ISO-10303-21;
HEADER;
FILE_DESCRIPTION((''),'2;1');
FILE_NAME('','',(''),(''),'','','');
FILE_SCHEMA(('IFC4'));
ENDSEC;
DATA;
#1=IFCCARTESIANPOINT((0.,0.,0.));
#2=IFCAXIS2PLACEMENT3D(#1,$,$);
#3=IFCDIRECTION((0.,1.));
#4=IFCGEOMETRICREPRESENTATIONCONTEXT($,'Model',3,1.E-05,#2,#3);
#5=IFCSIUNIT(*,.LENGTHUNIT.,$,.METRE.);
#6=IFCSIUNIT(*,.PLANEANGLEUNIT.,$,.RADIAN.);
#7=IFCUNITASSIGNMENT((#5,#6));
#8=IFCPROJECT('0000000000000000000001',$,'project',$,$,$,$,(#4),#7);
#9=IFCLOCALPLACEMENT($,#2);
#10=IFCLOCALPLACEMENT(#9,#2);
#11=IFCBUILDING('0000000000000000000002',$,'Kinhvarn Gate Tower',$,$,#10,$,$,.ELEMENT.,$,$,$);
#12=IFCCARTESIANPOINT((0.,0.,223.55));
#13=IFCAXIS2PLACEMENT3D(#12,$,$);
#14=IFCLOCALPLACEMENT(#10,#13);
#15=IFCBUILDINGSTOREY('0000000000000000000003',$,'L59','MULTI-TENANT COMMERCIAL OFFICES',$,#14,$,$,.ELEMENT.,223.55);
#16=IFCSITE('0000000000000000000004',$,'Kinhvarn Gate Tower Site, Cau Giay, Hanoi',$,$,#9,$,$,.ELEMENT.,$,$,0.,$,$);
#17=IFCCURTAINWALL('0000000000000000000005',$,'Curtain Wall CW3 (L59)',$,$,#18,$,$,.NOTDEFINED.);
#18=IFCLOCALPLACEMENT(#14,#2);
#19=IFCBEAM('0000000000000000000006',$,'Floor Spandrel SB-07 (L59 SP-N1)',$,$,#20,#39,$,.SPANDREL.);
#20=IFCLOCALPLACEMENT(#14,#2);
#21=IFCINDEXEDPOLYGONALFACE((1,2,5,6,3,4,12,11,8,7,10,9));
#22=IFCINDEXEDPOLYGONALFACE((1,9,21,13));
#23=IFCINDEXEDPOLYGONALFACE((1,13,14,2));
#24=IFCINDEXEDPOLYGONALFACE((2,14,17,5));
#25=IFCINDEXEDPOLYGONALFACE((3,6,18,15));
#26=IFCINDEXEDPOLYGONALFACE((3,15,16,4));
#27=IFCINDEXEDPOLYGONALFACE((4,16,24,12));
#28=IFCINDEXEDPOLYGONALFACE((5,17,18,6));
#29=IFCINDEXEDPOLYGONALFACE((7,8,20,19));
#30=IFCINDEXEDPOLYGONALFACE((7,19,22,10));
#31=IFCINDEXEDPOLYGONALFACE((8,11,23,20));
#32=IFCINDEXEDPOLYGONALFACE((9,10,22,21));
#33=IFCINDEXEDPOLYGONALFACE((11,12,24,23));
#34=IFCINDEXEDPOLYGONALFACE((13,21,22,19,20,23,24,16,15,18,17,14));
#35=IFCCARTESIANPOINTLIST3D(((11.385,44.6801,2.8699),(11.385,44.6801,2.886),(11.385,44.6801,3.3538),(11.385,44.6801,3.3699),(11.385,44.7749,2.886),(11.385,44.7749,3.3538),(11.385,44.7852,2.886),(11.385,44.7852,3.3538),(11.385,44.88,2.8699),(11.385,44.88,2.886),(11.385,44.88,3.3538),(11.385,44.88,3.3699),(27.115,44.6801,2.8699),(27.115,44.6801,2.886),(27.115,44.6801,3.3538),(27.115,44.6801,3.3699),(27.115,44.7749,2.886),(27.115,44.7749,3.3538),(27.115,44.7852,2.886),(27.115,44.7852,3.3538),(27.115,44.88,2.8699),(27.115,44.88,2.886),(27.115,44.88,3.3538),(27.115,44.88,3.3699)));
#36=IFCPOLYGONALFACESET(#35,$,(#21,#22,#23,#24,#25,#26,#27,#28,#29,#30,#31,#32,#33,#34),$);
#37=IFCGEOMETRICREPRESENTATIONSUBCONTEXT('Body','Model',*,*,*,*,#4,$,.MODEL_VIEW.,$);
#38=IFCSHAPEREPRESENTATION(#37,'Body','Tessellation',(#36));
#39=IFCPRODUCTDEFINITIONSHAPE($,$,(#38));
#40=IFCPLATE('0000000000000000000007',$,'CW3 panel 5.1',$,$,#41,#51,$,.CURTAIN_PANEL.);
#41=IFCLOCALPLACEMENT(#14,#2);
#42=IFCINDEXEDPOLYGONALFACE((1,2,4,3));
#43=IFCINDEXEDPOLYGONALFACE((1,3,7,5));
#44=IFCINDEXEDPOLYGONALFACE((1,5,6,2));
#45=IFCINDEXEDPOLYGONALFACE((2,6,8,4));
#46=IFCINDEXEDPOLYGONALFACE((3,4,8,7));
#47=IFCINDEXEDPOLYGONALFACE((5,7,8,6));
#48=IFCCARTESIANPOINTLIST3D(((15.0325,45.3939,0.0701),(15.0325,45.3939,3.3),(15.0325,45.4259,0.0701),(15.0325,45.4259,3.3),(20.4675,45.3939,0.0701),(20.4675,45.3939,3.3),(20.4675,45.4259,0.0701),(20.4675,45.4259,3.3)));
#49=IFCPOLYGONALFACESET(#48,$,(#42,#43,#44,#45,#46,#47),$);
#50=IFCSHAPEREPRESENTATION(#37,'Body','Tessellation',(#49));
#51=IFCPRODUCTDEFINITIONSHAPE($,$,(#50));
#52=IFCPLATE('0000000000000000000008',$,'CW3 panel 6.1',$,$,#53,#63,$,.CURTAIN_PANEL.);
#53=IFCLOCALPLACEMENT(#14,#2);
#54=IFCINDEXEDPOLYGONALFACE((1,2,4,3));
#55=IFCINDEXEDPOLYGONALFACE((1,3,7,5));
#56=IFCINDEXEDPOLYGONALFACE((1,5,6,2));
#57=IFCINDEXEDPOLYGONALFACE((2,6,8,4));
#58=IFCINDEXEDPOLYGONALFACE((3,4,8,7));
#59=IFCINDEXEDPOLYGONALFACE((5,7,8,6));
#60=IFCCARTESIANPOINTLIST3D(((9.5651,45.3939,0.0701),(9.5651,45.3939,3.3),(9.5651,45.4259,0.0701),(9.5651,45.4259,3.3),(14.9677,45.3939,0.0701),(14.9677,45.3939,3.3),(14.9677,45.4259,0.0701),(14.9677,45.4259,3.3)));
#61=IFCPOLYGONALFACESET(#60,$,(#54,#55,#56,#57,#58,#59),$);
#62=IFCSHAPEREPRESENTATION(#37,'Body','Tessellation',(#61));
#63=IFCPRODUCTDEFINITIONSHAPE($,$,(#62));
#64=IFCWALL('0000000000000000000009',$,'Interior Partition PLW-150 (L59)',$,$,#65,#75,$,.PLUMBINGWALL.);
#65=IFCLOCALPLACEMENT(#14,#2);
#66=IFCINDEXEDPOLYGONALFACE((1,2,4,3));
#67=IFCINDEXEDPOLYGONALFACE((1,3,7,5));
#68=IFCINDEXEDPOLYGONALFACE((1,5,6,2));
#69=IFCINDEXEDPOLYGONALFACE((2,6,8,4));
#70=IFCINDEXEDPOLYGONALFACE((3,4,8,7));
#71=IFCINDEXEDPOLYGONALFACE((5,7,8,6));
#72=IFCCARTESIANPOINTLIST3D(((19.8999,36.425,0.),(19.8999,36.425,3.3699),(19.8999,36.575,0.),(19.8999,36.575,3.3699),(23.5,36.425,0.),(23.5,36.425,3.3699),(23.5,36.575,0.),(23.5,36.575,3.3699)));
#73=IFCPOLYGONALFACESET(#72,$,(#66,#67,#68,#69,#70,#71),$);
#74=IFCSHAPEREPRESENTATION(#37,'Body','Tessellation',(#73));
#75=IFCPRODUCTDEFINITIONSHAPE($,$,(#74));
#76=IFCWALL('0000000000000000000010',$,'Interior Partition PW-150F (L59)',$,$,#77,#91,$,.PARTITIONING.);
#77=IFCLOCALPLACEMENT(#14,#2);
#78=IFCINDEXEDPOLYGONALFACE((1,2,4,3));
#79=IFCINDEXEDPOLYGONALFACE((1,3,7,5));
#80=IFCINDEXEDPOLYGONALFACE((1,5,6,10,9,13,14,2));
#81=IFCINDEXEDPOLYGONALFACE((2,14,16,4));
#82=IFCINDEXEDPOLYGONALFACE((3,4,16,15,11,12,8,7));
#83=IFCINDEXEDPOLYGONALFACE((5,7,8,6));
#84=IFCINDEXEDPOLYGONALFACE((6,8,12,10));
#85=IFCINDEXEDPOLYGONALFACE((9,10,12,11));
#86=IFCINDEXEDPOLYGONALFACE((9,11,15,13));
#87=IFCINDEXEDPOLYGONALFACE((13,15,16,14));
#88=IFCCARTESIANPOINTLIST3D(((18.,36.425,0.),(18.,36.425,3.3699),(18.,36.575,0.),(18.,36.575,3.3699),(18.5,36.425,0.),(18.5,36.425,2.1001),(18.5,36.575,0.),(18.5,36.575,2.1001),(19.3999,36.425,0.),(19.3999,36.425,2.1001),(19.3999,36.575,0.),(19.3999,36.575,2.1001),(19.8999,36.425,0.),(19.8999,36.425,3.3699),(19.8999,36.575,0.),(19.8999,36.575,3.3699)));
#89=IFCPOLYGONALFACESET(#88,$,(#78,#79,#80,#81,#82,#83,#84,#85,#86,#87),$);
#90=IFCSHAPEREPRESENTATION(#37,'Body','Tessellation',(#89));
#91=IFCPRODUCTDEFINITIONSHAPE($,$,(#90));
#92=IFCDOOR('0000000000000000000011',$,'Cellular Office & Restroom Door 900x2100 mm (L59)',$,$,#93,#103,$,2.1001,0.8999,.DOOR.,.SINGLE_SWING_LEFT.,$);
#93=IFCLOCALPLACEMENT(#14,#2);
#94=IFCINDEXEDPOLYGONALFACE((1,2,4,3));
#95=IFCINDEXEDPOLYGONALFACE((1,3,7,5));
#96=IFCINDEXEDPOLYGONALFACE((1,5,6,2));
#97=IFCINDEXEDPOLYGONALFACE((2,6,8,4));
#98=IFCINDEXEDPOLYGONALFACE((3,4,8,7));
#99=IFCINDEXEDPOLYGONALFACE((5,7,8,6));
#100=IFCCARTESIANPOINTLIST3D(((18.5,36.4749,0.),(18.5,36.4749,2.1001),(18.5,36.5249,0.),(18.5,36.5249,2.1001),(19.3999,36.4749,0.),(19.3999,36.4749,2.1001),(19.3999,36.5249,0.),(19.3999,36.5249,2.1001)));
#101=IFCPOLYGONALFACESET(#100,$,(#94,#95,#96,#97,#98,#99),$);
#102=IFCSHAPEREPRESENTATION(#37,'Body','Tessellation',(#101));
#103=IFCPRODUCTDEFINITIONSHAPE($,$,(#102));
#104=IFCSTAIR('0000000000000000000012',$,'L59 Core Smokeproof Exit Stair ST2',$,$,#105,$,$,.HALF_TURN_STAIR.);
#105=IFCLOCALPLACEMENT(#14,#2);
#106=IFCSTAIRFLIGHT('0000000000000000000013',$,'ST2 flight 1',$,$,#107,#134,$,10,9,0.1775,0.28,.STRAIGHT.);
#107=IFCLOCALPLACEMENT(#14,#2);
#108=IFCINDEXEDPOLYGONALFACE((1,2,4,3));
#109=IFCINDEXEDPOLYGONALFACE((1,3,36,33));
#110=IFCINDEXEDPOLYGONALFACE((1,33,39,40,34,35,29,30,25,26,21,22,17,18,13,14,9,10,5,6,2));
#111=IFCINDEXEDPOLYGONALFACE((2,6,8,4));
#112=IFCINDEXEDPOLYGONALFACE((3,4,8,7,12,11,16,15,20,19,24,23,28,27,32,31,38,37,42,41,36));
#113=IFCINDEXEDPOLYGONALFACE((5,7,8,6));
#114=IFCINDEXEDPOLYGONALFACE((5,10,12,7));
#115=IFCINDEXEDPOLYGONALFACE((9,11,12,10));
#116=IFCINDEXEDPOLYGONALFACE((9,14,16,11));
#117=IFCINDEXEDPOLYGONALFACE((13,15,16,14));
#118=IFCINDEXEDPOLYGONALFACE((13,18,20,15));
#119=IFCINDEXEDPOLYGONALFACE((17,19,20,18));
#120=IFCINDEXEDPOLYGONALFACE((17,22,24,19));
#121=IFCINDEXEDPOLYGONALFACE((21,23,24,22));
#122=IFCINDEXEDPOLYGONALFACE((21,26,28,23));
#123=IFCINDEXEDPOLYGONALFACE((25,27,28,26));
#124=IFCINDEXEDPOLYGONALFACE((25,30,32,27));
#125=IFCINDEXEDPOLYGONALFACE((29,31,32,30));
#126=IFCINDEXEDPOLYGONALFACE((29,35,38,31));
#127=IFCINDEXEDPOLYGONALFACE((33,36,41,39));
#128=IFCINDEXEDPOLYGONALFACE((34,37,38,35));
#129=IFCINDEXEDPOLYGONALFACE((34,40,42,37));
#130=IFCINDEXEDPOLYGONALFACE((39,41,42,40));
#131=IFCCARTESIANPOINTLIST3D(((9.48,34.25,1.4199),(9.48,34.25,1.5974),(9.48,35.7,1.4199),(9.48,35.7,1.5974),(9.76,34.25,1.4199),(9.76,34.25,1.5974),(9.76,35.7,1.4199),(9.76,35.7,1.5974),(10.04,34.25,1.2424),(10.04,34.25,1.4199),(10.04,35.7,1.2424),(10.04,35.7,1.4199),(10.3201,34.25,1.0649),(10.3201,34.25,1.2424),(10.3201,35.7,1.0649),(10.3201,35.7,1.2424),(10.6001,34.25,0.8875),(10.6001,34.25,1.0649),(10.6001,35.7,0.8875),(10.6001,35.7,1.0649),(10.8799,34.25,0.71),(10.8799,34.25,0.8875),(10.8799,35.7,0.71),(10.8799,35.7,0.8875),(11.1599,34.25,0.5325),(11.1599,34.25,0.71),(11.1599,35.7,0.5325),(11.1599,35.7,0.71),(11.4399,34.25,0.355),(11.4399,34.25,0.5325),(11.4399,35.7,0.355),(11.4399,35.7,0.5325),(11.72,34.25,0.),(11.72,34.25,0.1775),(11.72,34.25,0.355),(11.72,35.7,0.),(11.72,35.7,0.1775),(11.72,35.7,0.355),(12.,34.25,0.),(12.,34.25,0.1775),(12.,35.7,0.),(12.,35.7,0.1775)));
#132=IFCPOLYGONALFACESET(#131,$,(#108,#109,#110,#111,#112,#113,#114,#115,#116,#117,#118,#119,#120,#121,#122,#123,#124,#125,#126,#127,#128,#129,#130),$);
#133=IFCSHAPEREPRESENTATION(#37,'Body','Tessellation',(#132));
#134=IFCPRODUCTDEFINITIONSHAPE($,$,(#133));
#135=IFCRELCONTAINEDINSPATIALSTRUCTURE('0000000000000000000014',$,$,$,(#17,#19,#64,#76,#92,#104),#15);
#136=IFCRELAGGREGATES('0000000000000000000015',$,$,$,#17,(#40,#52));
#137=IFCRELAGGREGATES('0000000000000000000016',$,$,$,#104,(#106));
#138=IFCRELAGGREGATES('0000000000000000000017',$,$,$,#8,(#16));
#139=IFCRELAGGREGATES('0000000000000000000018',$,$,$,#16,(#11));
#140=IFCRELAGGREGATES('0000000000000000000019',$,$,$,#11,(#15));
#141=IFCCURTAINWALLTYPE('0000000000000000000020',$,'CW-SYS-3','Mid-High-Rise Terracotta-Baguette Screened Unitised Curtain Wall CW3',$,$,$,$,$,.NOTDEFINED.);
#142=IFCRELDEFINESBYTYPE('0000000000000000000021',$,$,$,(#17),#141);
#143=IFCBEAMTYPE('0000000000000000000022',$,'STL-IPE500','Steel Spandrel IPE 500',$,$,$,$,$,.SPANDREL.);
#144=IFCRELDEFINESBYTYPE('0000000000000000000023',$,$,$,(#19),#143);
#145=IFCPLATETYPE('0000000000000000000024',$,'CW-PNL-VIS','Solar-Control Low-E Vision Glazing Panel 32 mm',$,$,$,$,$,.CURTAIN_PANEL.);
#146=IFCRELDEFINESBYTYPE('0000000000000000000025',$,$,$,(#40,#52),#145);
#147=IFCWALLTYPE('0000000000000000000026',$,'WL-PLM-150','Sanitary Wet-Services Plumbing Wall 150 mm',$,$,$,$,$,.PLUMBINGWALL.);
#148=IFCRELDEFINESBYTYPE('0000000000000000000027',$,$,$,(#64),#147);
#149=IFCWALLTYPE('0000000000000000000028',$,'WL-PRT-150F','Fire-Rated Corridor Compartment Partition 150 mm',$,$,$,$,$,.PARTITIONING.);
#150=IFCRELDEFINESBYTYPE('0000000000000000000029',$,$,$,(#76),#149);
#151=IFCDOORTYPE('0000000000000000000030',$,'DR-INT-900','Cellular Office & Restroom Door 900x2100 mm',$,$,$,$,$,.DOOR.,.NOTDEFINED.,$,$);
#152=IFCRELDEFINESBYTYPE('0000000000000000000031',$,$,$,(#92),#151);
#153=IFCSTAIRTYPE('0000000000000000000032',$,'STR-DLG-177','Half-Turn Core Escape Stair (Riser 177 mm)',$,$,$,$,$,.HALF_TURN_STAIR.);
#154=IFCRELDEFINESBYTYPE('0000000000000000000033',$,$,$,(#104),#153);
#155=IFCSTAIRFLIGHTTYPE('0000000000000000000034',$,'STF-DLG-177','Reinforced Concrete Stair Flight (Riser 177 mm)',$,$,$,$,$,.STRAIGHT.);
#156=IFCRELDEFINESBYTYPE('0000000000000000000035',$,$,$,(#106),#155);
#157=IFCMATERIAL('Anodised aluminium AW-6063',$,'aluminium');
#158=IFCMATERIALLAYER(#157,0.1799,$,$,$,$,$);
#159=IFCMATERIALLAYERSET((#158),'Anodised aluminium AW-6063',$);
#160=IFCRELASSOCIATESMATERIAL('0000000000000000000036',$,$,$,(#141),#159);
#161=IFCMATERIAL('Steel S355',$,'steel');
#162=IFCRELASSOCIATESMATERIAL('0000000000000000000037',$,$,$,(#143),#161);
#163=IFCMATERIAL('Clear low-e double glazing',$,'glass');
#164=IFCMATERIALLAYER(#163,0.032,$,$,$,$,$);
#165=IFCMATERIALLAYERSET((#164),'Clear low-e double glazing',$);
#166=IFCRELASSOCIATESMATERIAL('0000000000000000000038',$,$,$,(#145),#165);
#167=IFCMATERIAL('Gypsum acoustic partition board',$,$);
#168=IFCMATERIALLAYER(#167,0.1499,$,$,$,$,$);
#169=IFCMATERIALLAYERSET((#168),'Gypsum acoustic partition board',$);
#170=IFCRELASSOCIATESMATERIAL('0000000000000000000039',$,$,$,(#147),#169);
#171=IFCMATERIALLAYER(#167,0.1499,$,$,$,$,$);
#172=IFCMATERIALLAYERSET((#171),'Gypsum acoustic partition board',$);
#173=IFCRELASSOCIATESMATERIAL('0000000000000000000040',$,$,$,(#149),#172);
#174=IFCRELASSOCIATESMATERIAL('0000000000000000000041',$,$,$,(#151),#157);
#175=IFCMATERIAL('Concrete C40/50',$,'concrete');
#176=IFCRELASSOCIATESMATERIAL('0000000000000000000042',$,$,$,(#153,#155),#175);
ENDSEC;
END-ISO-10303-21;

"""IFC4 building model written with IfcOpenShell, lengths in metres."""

from ifc_helpers import new_model, si_unit, direction, frame, frame_2d, origin, origin_2d, place, context, subcontext, project, spatial, polyline, rectangle, i_section, outline, extrude, material, layer, layer_set, material_profile, profile_set, type_object, element, fill, aggregate, save


model = new_model("IFC4")

# Units and contexts
model_context = context("Model", 3, precision=1e-05, world=origin(), true_north=direction((0.0, 1.0)))
body_context = subcontext(model_context, "Body", "Model", "MODEL_VIEW")
ifc_project = project(units=[si_unit("LENGTHUNIT", "METRE"), si_unit("PLANEANGLEUNIT", "RADIAN")], contexts=[model_context])

# Site, building, storey
site_placement = place(None, origin())
site = spatial("IfcSite", under=ifc_project, at=site_placement, Name="Kinhvarn Gate Tower Site, Cau Giay, Hanoi", CompositionType="ELEMENT", RefElevation=0.0)
building_placement = place(site_placement, origin())
building = spatial("IfcBuilding", under=site, at=building_placement, Name="Kinhvarn Gate Tower", CompositionType="ELEMENT")
storey_placement = place(building_placement, frame((0.0, 0.0, 223.55)))
storey = spatial("IfcBuildingStorey", under=building, at=storey_placement, Name="L59", Description="MULTI-TENANT COMMERCIAL OFFICES", CompositionType="ELEMENT", Elevation=223.55)

# Curtain wall
ifc_material_1 = material(Name="Anodised aluminium AW-6063", Category="aluminium")
ifc_layer_1 = layer(ifc_material_1, 0.1799)
ifc_layer_set_1 = layer_set([ifc_layer_1], Name="Anodised aluminium AW-6063")
curtain_wall_type = type_object("IfcCurtainWallType", Name="CW-SYS-3", Description="Mid-High-Rise Terracotta-Baguette Screened Unitised Curtain Wall CW3", PredefinedType="NOTDEFINED", material=ifc_layer_set_1)
curtain_wall_placement = place(storey_placement, origin())
curtain_wall = element("IfcCurtainWall", 1, at=curtain_wall_placement, inside=storey, type_object=curtain_wall_type, Name="Curtain Wall CW3 (L59)", PredefinedType="NOTDEFINED")

# Beam
ifc_material_2 = material(Name="Steel S355", Category="steel")
ifc_material_profile_1 = material_profile(ifc_material_2, i_section(OverallWidth=0.2, OverallDepth=0.5, WebThickness=0.0103, FlangeThickness=0.0161, at=origin_2d()), Name="IPE 500")
ifc_profile_set_1 = profile_set([ifc_material_profile_1], Name="Steel S355")
beam_type_1 = type_object("IfcBeamType", Name="STL-IPE500", Description="Steel Spandrel IPE 500", PredefinedType="SPANDREL", material=ifc_profile_set_1)
beam_1_placement = place(storey_placement, frame((11.385, 44.78, 3.1199), z_axis=(1.0, 0.0, 0.0), x_axis=(0.0, 1.0, 0.0)))
element("IfcBeam", 2, at=beam_1_placement, inside=storey, type_object=beam_type_1, Name="Floor Spandrel SB-07 (L59 SP-N1)", PredefinedType="SPANDREL", context=body_context, shape_type="SweptSolid", body=[
    extrude(i_section(OverallWidth=0.2, OverallDepth=0.5, WebThickness=0.0103, FlangeThickness=0.0161, at=origin_2d()), origin(), (0.0, 0.0, 1.0), 15.73),
])

# Plates
ifc_material_3 = material(Name="Clear low-e double glazing", Category="glass")
ifc_layer_2 = layer(ifc_material_3, 0.032)
ifc_layer_set_2 = layer_set([ifc_layer_2], Name="Clear low-e double glazing")
plate_type = type_object("IfcPlateType", Name="CW-PNL-VIS", Description="Solar-Control Low-E Vision Glazing Panel 32 mm", PredefinedType="CURTAIN_PANEL", material=ifc_layer_set_2)
plate_1_placement = place(storey_placement, frame((17.75, 45.4099, 0.0701), z_axis=(0.0, 0.0, 1.0), x_axis=(-1.0, 0.0, 0.0)))
plate_1 = element("IfcPlate", 3, at=plate_1_placement, type_object=plate_type, Name="CW3 panel 5.1", PredefinedType="CURTAIN_PANEL", context=body_context, shape_type="SweptSolid", body=[
    extrude(rectangle(XDim=5.4351, YDim=0.032, at=origin_2d()), origin(), (0.0, 0.0, 1.0), 3.23),
])
plate_2_placement = place(storey_placement, frame((12.2664, 45.4099, 0.0701), z_axis=(0.0, 0.0, 1.0), x_axis=(-1.0, 0.0, 0.0)))
plate_2 = element("IfcPlate", 4, at=plate_2_placement, type_object=plate_type, Name="CW3 panel 6.1", PredefinedType="CURTAIN_PANEL", context=body_context, shape_type="SweptSolid", body=[
    extrude(rectangle(XDim=5.4026, YDim=0.032, at=origin_2d()), origin(), (0.0, 0.0, 1.0), 3.23),
])
aggregate(curtain_wall, [plate_1, plate_2])

# Wall
ifc_material_4 = material(Name="Gypsum acoustic partition board")
ifc_layer_3 = layer(ifc_material_4, 0.1499)
ifc_layer_set_3 = layer_set([ifc_layer_3], Name="Gypsum acoustic partition board")
wall_type_1 = type_object("IfcWallType", Name="WL-PLM-150", Description="Sanitary Wet-Services Plumbing Wall 150 mm", PredefinedType="PLUMBINGWALL", material=ifc_layer_set_3)
wall_1_placement = place(storey_placement, frame((19.8999, 36.5, 0.0), z_axis=(0.0, 0.0, 1.0), x_axis=(1.0, 0.0, 0.0)))
element("IfcWall", 5, at=wall_1_placement, inside=storey, type_object=wall_type_1, Name="Interior Partition PLW-150 (L59)", PredefinedType="PLUMBINGWALL", context=body_context, shape_type="SweptSolid", body=[
    extrude(rectangle(XDim=3.6001, YDim=0.1499, at=frame_2d((1.8, 0.0))), origin(), (0.0, 0.0, 1.0), 3.3699),
])

# Wall, opening, door
ifc_layer_4 = layer(ifc_material_4, 0.1499)
ifc_layer_set_4 = layer_set([ifc_layer_4], Name="Gypsum acoustic partition board")
wall_type_2 = type_object("IfcWallType", Name="WL-PRT-150F", Description="Fire-Rated Corridor Compartment Partition 150 mm", PredefinedType="PARTITIONING", material=ifc_layer_set_4)
wall_2_placement = place(storey_placement, frame((18.0, 36.5, 0.0), z_axis=(0.0, 0.0, 1.0), x_axis=(1.0, 0.0, 0.0)))
wall_2 = element("IfcWall", 6, at=wall_2_placement, inside=storey, type_object=wall_type_2, Name="Interior Partition PW-150F (L59)", PredefinedType="PARTITIONING", context=body_context, shape_type="SweptSolid", body=[
    extrude(rectangle(XDim=1.8999, YDim=0.1499, at=frame_2d((0.95, 0.0))), origin(), (0.0, 0.0, 1.0), 3.3699),
])
opening_placement = place(wall_2_placement, frame((0.5, 0.0, 0.0)))
opening = element("IfcOpeningElement", 7, at=opening_placement, cuts=wall_2, PredefinedType="OPENING", context=body_context, shape_type="SweptSolid", body=[
    extrude(rectangle(XDim=0.8999, YDim=2.1001, at=frame_2d((0.45, 1.05))), frame((0.0, 0.085, 0.0), z_axis=(0.0, -1.0, 0.0), x_axis=(1.0, 0.0, 0.0)), (0.0, 0.0, 1.0), 0.1699),
])
door_type = type_object("IfcDoorType", Name="DR-INT-900", Description="Cellular Office & Restroom Door 900x2100 mm", OperationType="NOTDEFINED", PredefinedType="DOOR", material=ifc_material_1)
door_placement = place(opening_placement, origin())
door = element("IfcDoor", 8, at=door_placement, inside=storey, type_object=door_type, Name="Cellular Office & Restroom Door 900x2100 mm (L59)", OperationType="SINGLE_SWING_LEFT", OverallHeight=2.1001, OverallWidth=0.8999, PredefinedType="DOOR", context=body_context, shape_type="SweptSolid", body=[
    extrude(rectangle(XDim=0.8999, YDim=2.1001, at=frame_2d((0.45, 1.05))), frame((0.0, 0.0249, 0.0), z_axis=(0.0, -1.0, 0.0), x_axis=(1.0, 0.0, 0.0)), (0.0, 0.0, 1.0), 0.05),
])
fill(opening, door)

# Stair, stair flight
ifc_material_5 = material(Name="Concrete C40/50", Category="concrete")
stair_type = type_object("IfcStairType", Name="STR-DLG-177", Description="Half-Turn Core Escape Stair (Riser 177 mm)", PredefinedType="HALF_TURN_STAIR", material=ifc_material_5)
stair_placement = place(storey_placement, origin())
stair = element("IfcStair", 9, at=stair_placement, inside=storey, type_object=stair_type, Name="L59 Core Smokeproof Exit Stair ST2", PredefinedType="HALF_TURN_STAIR")
stair_flight_type = type_object("IfcStairFlightType", Name="STF-DLG-177", Description="Reinforced Concrete Stair Flight (Riser 177 mm)", PredefinedType="STRAIGHT", material=ifc_material_5)
stair_flight_placement = place(storey_placement, frame((12.0, 34.9751, 0.0), z_axis=(0.0, 0.0, 1.0), x_axis=(-1.0, 0.0, 0.0)))
stair_flight = element("IfcStairFlight", 10, at=stair_flight_placement, type_object=stair_flight_type, Name="ST2 flight 1", NumberOfRisers=10, NumberOfTreads=9, PredefinedType="STRAIGHT", RiserHeight=0.1775, TreadLength=0.28, context=body_context, shape_type="SweptSolid", body=[
    extrude(outline(polyline([(0.0, 0.0), (0.0, 0.1775), (0.28, 0.1775), (0.28, 0.355), (0.5601, 0.355), (0.5601, 0.5325), (0.8401, 0.5325), (0.8401, 0.71), (1.1201, 0.71), (1.1201, 0.8875), (1.3999, 0.8875), (1.3999, 1.0649), (1.6799, 1.0649), (1.6799, 1.2424), (1.96, 1.2424), (1.96, 1.4199), (2.24, 1.4199), (2.24, 1.5974), (2.52, 1.5974), (2.52, 1.7749), (2.52, 1.4199), (0.28, 0.0), (0.0, 0.0)])), frame((0.0, 0.7251, 0.0), z_axis=(0.0, -1.0, 0.0), x_axis=(1.0, 0.0, 0.0)), (0.0, 0.0, 1.0), 1.45),
])
aggregate(stair, [stair_flight])

save(model, "model.ifc")
